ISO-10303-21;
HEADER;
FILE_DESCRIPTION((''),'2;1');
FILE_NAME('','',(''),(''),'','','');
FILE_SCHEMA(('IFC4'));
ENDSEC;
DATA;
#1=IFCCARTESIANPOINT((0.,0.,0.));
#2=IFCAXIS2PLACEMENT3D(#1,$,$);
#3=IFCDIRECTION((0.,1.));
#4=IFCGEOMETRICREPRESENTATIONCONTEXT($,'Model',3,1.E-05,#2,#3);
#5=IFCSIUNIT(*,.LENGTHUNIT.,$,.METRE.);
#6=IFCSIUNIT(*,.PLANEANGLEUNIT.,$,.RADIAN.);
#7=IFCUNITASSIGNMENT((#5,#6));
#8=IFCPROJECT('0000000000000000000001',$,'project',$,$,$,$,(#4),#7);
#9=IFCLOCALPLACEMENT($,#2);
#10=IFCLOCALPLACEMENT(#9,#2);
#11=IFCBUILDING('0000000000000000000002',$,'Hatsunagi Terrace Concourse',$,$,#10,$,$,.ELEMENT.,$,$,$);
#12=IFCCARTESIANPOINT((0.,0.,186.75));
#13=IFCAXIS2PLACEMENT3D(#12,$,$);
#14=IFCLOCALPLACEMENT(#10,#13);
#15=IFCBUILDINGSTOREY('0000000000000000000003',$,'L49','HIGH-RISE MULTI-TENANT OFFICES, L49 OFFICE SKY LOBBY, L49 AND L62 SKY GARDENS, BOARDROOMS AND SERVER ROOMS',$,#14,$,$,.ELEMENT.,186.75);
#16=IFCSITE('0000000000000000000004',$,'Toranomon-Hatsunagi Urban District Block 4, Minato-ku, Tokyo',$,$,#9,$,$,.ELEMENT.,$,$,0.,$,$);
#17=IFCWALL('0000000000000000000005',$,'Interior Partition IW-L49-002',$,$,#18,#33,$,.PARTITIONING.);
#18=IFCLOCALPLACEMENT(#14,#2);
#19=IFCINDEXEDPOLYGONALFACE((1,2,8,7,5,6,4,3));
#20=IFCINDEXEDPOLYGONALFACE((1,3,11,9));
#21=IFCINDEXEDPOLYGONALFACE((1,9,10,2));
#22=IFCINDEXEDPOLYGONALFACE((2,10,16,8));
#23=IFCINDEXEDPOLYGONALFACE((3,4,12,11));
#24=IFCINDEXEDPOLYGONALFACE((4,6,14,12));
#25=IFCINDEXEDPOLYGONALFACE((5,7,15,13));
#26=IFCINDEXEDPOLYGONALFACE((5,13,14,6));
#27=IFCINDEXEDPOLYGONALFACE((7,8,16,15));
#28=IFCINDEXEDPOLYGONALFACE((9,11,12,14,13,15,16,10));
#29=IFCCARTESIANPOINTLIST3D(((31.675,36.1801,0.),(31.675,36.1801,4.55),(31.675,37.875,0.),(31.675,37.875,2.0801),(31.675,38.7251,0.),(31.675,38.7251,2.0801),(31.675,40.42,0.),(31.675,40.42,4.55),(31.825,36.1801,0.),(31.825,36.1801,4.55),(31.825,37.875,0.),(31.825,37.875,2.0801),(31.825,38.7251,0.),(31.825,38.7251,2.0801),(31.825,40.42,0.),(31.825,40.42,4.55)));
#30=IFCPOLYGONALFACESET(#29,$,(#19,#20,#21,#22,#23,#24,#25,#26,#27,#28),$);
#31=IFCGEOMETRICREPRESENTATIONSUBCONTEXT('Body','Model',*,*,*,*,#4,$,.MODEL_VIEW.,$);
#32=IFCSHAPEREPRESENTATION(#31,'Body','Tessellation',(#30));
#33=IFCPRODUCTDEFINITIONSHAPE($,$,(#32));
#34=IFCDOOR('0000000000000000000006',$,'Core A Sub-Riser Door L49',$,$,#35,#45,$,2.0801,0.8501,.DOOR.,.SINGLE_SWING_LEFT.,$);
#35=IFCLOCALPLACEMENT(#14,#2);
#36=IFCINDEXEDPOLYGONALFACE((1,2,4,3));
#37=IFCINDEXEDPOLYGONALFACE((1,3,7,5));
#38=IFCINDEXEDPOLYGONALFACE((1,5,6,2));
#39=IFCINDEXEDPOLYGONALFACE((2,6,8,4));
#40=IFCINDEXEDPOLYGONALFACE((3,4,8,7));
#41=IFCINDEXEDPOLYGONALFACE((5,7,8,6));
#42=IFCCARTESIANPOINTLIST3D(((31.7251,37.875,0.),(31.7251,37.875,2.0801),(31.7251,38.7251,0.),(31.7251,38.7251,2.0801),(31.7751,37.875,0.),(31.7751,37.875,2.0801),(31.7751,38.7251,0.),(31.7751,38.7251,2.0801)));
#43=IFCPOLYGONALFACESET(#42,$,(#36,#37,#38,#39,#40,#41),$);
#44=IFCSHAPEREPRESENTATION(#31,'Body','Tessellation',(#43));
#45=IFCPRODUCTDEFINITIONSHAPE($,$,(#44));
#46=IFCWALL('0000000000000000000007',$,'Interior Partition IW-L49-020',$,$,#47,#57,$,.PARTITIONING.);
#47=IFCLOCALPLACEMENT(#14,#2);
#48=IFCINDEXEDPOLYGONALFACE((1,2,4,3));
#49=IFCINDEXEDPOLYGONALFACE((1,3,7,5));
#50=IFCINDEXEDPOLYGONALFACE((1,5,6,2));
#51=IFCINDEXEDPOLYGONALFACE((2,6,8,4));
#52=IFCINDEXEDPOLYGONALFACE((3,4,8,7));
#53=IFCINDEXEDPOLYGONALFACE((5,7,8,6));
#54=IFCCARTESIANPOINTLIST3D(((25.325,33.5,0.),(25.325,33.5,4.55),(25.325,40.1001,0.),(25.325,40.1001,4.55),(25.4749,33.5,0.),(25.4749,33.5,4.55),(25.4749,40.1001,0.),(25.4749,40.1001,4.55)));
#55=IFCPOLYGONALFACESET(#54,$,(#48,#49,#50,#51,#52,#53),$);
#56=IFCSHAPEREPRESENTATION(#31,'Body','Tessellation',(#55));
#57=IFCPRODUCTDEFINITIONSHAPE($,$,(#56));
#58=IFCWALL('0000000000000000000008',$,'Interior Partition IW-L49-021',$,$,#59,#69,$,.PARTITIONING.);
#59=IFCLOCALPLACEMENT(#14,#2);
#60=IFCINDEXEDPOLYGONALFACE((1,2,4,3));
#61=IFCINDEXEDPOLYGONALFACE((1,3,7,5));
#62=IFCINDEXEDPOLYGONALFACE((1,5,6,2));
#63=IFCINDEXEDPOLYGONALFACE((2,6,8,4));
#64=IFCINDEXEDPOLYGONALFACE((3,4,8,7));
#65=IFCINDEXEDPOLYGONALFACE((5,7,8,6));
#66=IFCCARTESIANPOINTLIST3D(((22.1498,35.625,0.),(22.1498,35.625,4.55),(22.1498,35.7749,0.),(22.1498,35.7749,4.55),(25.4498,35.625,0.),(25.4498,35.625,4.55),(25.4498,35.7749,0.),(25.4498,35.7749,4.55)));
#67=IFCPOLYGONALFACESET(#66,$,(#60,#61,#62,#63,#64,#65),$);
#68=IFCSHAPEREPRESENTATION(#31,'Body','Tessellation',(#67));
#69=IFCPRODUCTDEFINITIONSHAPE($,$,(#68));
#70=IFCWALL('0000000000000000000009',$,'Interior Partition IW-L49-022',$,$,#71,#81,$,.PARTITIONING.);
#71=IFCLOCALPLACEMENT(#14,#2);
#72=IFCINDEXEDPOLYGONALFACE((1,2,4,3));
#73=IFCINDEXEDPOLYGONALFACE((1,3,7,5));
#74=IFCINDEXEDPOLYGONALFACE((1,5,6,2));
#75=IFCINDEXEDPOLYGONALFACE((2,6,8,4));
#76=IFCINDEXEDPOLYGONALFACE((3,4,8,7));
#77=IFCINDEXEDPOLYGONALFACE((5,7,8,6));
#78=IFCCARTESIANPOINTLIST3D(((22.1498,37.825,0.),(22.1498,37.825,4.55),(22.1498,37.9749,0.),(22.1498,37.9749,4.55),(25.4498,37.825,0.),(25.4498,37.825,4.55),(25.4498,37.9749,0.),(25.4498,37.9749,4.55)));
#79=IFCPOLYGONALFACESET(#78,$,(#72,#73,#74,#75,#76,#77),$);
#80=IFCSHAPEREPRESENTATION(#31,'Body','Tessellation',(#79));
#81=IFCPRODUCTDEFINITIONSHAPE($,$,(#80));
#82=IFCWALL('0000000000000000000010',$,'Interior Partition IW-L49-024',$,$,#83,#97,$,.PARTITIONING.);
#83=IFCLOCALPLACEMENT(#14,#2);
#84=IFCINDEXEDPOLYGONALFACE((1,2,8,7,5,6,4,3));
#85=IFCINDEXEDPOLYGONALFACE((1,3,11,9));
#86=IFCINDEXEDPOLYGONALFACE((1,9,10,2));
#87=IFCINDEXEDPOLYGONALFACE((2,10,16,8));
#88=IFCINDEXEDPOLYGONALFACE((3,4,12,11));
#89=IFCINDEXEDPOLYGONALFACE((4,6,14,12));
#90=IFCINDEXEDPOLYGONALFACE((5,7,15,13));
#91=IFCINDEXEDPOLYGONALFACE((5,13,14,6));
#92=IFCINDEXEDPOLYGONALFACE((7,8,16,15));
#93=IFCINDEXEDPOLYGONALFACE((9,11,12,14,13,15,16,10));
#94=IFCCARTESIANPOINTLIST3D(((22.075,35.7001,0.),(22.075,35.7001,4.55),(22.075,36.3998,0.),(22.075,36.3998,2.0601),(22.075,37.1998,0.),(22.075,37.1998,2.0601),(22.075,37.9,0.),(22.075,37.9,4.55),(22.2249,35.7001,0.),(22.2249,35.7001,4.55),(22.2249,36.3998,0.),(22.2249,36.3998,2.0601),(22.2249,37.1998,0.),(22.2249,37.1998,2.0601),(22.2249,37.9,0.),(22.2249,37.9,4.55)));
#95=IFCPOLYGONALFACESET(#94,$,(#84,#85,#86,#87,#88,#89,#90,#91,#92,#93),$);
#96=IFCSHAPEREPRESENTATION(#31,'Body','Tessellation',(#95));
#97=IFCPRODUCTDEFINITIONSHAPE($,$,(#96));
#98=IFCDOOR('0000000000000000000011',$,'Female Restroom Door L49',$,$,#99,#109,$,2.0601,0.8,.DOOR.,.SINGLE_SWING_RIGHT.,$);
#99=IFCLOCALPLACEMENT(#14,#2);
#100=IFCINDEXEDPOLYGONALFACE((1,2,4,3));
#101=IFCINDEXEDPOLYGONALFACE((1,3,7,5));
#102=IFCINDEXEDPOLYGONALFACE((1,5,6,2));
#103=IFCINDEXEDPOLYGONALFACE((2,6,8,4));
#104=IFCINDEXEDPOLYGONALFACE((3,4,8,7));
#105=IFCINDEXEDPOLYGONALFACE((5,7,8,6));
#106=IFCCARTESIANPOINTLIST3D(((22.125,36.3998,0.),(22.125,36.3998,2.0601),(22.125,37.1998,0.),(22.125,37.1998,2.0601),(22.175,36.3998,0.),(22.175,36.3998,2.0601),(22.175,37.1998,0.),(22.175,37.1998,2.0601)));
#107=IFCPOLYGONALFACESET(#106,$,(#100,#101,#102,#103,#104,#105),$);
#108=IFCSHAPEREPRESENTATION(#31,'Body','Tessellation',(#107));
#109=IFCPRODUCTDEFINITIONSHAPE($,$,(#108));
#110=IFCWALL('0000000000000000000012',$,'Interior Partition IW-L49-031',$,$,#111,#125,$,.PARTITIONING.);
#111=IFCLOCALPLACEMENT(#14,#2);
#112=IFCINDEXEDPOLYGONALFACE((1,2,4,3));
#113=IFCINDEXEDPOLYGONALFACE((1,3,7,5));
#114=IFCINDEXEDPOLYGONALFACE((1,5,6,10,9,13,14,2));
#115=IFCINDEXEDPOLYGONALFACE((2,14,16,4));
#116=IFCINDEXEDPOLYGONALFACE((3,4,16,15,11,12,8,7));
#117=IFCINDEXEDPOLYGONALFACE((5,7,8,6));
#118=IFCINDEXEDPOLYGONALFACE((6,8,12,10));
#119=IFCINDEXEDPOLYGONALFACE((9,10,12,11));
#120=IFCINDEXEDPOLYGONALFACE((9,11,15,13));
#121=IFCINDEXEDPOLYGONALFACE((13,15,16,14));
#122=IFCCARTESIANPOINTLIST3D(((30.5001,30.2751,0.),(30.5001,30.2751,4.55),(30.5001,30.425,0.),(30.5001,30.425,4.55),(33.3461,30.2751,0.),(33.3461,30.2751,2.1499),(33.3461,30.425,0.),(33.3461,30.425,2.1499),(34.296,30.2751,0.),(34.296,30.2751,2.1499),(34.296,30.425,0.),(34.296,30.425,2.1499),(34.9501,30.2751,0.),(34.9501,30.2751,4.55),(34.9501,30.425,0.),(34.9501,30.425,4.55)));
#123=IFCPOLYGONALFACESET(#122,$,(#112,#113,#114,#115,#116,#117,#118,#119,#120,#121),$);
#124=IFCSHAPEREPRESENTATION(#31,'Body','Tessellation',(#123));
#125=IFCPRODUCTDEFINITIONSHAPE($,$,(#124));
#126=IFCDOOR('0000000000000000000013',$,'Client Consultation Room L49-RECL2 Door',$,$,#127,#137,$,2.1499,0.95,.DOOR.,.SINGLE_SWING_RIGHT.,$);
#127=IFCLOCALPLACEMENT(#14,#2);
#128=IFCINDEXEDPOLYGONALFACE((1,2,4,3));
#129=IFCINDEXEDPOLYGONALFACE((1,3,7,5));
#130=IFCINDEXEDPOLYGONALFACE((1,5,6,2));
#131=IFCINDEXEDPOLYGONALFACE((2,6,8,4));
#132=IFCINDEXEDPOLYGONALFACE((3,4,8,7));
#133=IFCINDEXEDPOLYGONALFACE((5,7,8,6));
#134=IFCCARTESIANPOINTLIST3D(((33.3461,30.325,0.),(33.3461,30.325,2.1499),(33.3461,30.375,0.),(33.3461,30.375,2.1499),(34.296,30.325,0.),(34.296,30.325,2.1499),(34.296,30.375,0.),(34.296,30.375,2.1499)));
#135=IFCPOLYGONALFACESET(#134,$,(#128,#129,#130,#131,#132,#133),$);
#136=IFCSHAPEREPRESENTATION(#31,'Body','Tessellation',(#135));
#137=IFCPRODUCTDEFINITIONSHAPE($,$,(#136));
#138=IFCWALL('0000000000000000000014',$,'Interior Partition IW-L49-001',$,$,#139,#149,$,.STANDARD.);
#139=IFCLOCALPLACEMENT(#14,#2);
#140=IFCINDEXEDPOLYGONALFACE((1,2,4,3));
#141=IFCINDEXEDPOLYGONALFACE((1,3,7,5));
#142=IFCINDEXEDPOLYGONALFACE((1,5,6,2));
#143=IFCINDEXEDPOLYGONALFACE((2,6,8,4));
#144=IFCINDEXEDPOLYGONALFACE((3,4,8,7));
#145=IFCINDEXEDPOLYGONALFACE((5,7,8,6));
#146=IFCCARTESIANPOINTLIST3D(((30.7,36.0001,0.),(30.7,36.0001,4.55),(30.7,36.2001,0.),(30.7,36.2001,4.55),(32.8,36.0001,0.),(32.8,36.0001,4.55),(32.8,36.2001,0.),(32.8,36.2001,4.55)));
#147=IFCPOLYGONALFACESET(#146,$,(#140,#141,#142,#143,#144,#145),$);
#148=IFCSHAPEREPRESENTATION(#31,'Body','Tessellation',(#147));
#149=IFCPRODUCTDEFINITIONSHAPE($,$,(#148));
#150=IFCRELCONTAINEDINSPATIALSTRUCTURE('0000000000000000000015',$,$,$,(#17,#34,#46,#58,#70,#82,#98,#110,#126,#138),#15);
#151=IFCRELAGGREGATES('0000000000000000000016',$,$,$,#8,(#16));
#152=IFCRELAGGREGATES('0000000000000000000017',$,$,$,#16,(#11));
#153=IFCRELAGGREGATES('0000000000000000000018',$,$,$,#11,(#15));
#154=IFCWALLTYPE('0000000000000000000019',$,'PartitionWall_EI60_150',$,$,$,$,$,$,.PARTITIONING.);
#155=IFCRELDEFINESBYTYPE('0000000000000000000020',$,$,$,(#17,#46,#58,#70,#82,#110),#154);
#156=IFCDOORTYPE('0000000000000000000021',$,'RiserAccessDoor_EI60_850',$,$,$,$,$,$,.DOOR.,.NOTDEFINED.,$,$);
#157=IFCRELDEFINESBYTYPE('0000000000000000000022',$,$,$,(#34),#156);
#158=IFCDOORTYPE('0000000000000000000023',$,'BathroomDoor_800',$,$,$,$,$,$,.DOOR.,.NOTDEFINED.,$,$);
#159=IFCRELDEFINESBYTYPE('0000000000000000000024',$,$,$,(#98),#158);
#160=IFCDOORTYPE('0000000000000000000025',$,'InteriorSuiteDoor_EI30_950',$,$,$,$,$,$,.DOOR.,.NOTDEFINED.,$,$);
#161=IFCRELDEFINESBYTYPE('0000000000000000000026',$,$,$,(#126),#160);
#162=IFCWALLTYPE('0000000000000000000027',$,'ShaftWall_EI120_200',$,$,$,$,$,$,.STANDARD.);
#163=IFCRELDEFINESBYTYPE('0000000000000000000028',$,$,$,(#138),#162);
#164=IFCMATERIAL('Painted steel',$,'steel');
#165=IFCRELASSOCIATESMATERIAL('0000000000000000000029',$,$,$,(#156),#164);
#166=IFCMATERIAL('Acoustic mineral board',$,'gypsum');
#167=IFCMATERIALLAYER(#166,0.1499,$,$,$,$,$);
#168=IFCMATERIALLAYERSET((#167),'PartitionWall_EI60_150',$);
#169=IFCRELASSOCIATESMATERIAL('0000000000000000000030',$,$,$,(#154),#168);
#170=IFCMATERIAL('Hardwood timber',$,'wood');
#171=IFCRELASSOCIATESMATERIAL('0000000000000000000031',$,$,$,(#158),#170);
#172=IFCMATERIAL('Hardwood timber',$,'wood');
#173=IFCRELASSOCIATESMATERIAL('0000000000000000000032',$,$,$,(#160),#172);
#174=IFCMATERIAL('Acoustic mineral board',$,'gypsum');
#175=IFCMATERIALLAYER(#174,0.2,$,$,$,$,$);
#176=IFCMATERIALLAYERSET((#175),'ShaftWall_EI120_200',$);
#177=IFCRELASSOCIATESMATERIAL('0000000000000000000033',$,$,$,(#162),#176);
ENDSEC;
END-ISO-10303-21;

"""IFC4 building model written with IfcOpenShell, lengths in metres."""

from ifc_helpers import new_model, si_unit, direction, frame, frame_2d, origin, place, context, subcontext, project, spatial, rectangle, extrude, material, layer, layer_set, type_object, element, fill, save


model = new_model("IFC4")

# Units and contexts
model_context = context("Model", 3, precision=1e-05, world=origin(), true_north=direction((0.0, 1.0)))
body_context = subcontext(model_context, "Body", "Model", "MODEL_VIEW")
ifc_project = project(units=[si_unit("LENGTHUNIT", "METRE"), si_unit("PLANEANGLEUNIT", "RADIAN")], contexts=[model_context])

# Site, building, storey
site_placement = place(None, origin())
site = spatial("IfcSite", under=ifc_project, at=site_placement, Name="Toranomon-Hatsunagi Urban District Block 4, Minato-ku, Tokyo", CompositionType="ELEMENT", RefElevation=0.0)
building_placement = place(site_placement, origin())
building = spatial("IfcBuilding", under=site, at=building_placement, Name="Hatsunagi Terrace Concourse", CompositionType="ELEMENT")
storey_placement = place(building_placement, frame((0.0, 0.0, 186.75)))
storey = spatial("IfcBuildingStorey", under=building, at=storey_placement, Name="L49", Description="HIGH-RISE MULTI-TENANT OFFICES, L49 OFFICE SKY LOBBY, L49 AND L62 SKY GARDENS, BOARDROOMS AND SERVER ROOMS", CompositionType="ELEMENT", Elevation=186.75)

# Shared definitions
ifc_material_1 = material(Name="Painted steel", Category="steel")
door_type_1 = type_object("IfcDoorType", Name="RiserAccessDoor_EI60_850", OperationType="NOTDEFINED", PredefinedType="DOOR", material=ifc_material_1)

# Wall, opening, door
ifc_material_2 = material(Name="Acoustic mineral board", Category="gypsum")
ifc_layer_1 = layer(ifc_material_2, 0.1499)
ifc_layer_set_1 = layer_set([ifc_layer_1], Name="PartitionWall_EI60_150")
wall_type_1 = type_object("IfcWallType", Name="PartitionWall_EI60_150", PredefinedType="PARTITIONING", material=ifc_layer_set_1)
wall_1_placement = place(storey_placement, frame((31.75, 36.1799, 0.0), z_axis=(0.0, 0.0, 1.0), x_axis=(0.0, 1.0, 0.0)))
wall_1 = element("IfcWall", 1, at=wall_1_placement, inside=storey, type_object=wall_type_1, Name="Interior Partition IW-L49-002", PredefinedType="PARTITIONING", context=body_context, shape_type="SweptSolid", body=[
    extrude(rectangle(XDim=4.24, YDim=0.1499, at=frame_2d((2.1201, 0.0))), origin(), (0.0, 0.0, 1.0), 4.55),
])
opening_1_placement = place(wall_1_placement, frame((1.6951, 0.0, 0.0)))
opening_1 = element("IfcOpeningElement", 2, at=opening_1_placement, cuts=wall_1, PredefinedType="OPENING", context=body_context, shape_type="SweptSolid", body=[
    extrude(rectangle(XDim=0.8501, YDim=2.0801, at=frame_2d((0.425, 1.04))), frame((0.0, 0.085, 0.0), z_axis=(0.0, -1.0, 0.0), x_axis=(1.0, 0.0, 0.0)), (0.0, 0.0, 1.0), 0.1699),
])
door_1_placement = place(opening_1_placement, origin())
door_1 = element("IfcDoor", 3, at=door_1_placement, inside=storey, type_object=door_type_1, Name="Core A Sub-Riser Door L49", OperationType="SINGLE_SWING_LEFT", OverallHeight=2.0801, OverallWidth=0.8501, PredefinedType="DOOR", context=body_context, shape_type="SweptSolid", body=[
    extrude(rectangle(XDim=0.8501, YDim=2.0801, at=frame_2d((0.425, 1.04))), frame((0.0, 0.0249, 0.0), z_axis=(0.0, -1.0, 0.0), x_axis=(1.0, 0.0, 0.0)), (0.0, 0.0, 1.0), 0.05),
])
fill(opening_1, door_1)

# Walls
wall_2_placement = place(storey_placement, frame((25.3999, 33.5, 0.0), z_axis=(0.0, 0.0, 1.0), x_axis=(0.0, 1.0, 0.0)))
element("IfcWall", 4, at=wall_2_placement, inside=storey, type_object=wall_type_1, Name="Interior Partition IW-L49-020", PredefinedType="PARTITIONING", context=body_context, shape_type="SweptSolid", body=[
    extrude(rectangle(XDim=6.6001, YDim=0.1499, at=frame_2d((3.3, 0.0))), origin(), (0.0, 0.0, 1.0), 4.55),
])
for number, where, z_axis, x_axis, name in (
    (5, (22.1499, 35.7, 0.0), (0.0, 0.0, 1.0), (1.0, 0.0, 0.0), "Interior Partition IW-L49-021"),
    (6, (22.1499, 37.8999, 0.0), (0.0, 0.0, 1.0), (1.0, 0.0, 0.0), "Interior Partition IW-L49-022"),
):
    element("IfcWall", number, at=place(storey_placement, frame(where, z_axis=z_axis, x_axis=x_axis)), inside=storey, type_object=wall_type_1, Name=name, PredefinedType="PARTITIONING", context=body_context, shape_type="SweptSolid", body=[
        extrude(rectangle(XDim=3.3, YDim=0.1499, at=frame_2d((1.6499, 0.0))), origin(), (0.0, 0.0, 1.0), 4.55),
    ])

# Walls, openings, doors
wall_3_placement = place(storey_placement, frame((22.1499, 35.7, 0.0), z_axis=(0.0, 0.0, 1.0), x_axis=(0.0, 1.0, 0.0)))
wall_3 = element("IfcWall", 7, at=wall_3_placement, inside=storey, type_object=wall_type_1, Name="Interior Partition IW-L49-024", PredefinedType="PARTITIONING", context=body_context, shape_type="SweptSolid", body=[
    extrude(rectangle(XDim=2.2, YDim=0.1499, at=frame_2d((1.1001, 0.0))), origin(), (0.0, 0.0, 1.0), 4.55),
])
opening_2_placement = place(wall_3_placement, frame((0.7, 0.0, 0.0)))
opening_2 = element("IfcOpeningElement", 8, at=opening_2_placement, cuts=wall_3, PredefinedType="OPENING", context=body_context, shape_type="SweptSolid", body=[
    extrude(rectangle(XDim=0.8, YDim=2.0601, at=frame_2d((0.3999, 1.03))), frame((0.0, 0.085, 0.0), z_axis=(0.0, -1.0, 0.0), x_axis=(1.0, 0.0, 0.0)), (0.0, 0.0, 1.0), 0.1699),
])
ifc_material_3 = material(Name="Hardwood timber", Category="wood")
door_type_2 = type_object("IfcDoorType", Name="BathroomDoor_800", OperationType="NOTDEFINED", PredefinedType="DOOR", material=ifc_material_3)
door_2_placement = place(opening_2_placement, origin())
door_2 = element("IfcDoor", 9, at=door_2_placement, inside=storey, type_object=door_type_2, Name="Female Restroom Door L49", OperationType="SINGLE_SWING_RIGHT", OverallHeight=2.0601, OverallWidth=0.8, PredefinedType="DOOR", context=body_context, shape_type="SweptSolid", body=[
    extrude(rectangle(XDim=0.8, YDim=2.0601, at=frame_2d((0.3999, 1.03))), frame((0.0, 0.0249, 0.0), z_axis=(0.0, -1.0, 0.0), x_axis=(1.0, 0.0, 0.0)), (0.0, 0.0, 1.0), 0.05),
])
fill(opening_2, door_2)
wall_4_placement = place(storey_placement, frame((30.5, 30.3501, 0.0), z_axis=(0.0, 0.0, 1.0), x_axis=(1.0, 0.0, 0.0)))
wall_4 = element("IfcWall", 10, at=wall_4_placement, inside=storey, type_object=wall_type_1, Name="Interior Partition IW-L49-031", PredefinedType="PARTITIONING", context=body_context, shape_type="SweptSolid", body=[
    extrude(rectangle(XDim=4.45, YDim=0.1499, at=frame_2d((2.2251, 0.0))), origin(), (0.0, 0.0, 1.0), 4.55),
])
opening_3_placement = place(wall_4_placement, frame((2.8459, 0.0, 0.0)))
opening_3 = element("IfcOpeningElement", 11, at=opening_3_placement, cuts=wall_4, PredefinedType="OPENING", context=body_context, shape_type="SweptSolid", body=[
    extrude(rectangle(XDim=0.95, YDim=2.1499, at=frame_2d((0.4751, 1.075))), frame((0.0, 0.085, 0.0), z_axis=(0.0, -1.0, 0.0), x_axis=(1.0, 0.0, 0.0)), (0.0, 0.0, 1.0), 0.1699),
])
ifc_material_4 = material(Name="Hardwood timber", Category="wood")
door_type_3 = type_object("IfcDoorType", Name="InteriorSuiteDoor_EI30_950", OperationType="NOTDEFINED", PredefinedType="DOOR", material=ifc_material_4)
door_3_placement = place(opening_3_placement, origin())
door_3 = element("IfcDoor", 12, at=door_3_placement, inside=storey, type_object=door_type_3, Name="Client Consultation Room L49-RECL2 Door", OperationType="SINGLE_SWING_RIGHT", OverallHeight=2.1499, OverallWidth=0.95, PredefinedType="DOOR", context=body_context, shape_type="SweptSolid", body=[
    extrude(rectangle(XDim=0.95, YDim=2.1499, at=frame_2d((0.4751, 1.075))), frame((0.0, 0.0249, 0.0), z_axis=(0.0, -1.0, 0.0), x_axis=(1.0, 0.0, 0.0)), (0.0, 0.0, 1.0), 0.05),
])
fill(opening_3, door_3)

# Wall
ifc_material_5 = material(Name="Acoustic mineral board", Category="gypsum")
ifc_layer_2 = layer(ifc_material_5, 0.2)
ifc_layer_set_2 = layer_set([ifc_layer_2], Name="ShaftWall_EI120_200")
wall_type_2 = type_object("IfcWallType", Name="ShaftWall_EI120_200", PredefinedType="STANDARD", material=ifc_layer_set_2)
wall_5_placement = place(storey_placement, frame((30.7, 36.1001, 0.0), z_axis=(0.0, 0.0, 1.0), x_axis=(1.0, 0.0, 0.0)))
element("IfcWall", 13, at=wall_5_placement, inside=storey, type_object=wall_type_2, Name="Interior Partition IW-L49-001", PredefinedType="STANDARD", context=body_context, shape_type="SweptSolid", body=[
    extrude(rectangle(XDim=2.1001, YDim=0.2, at=frame_2d((1.05, 0.0))), origin(), (0.0, 0.0, 1.0), 4.55),
])

save(model, "model.ifc")
